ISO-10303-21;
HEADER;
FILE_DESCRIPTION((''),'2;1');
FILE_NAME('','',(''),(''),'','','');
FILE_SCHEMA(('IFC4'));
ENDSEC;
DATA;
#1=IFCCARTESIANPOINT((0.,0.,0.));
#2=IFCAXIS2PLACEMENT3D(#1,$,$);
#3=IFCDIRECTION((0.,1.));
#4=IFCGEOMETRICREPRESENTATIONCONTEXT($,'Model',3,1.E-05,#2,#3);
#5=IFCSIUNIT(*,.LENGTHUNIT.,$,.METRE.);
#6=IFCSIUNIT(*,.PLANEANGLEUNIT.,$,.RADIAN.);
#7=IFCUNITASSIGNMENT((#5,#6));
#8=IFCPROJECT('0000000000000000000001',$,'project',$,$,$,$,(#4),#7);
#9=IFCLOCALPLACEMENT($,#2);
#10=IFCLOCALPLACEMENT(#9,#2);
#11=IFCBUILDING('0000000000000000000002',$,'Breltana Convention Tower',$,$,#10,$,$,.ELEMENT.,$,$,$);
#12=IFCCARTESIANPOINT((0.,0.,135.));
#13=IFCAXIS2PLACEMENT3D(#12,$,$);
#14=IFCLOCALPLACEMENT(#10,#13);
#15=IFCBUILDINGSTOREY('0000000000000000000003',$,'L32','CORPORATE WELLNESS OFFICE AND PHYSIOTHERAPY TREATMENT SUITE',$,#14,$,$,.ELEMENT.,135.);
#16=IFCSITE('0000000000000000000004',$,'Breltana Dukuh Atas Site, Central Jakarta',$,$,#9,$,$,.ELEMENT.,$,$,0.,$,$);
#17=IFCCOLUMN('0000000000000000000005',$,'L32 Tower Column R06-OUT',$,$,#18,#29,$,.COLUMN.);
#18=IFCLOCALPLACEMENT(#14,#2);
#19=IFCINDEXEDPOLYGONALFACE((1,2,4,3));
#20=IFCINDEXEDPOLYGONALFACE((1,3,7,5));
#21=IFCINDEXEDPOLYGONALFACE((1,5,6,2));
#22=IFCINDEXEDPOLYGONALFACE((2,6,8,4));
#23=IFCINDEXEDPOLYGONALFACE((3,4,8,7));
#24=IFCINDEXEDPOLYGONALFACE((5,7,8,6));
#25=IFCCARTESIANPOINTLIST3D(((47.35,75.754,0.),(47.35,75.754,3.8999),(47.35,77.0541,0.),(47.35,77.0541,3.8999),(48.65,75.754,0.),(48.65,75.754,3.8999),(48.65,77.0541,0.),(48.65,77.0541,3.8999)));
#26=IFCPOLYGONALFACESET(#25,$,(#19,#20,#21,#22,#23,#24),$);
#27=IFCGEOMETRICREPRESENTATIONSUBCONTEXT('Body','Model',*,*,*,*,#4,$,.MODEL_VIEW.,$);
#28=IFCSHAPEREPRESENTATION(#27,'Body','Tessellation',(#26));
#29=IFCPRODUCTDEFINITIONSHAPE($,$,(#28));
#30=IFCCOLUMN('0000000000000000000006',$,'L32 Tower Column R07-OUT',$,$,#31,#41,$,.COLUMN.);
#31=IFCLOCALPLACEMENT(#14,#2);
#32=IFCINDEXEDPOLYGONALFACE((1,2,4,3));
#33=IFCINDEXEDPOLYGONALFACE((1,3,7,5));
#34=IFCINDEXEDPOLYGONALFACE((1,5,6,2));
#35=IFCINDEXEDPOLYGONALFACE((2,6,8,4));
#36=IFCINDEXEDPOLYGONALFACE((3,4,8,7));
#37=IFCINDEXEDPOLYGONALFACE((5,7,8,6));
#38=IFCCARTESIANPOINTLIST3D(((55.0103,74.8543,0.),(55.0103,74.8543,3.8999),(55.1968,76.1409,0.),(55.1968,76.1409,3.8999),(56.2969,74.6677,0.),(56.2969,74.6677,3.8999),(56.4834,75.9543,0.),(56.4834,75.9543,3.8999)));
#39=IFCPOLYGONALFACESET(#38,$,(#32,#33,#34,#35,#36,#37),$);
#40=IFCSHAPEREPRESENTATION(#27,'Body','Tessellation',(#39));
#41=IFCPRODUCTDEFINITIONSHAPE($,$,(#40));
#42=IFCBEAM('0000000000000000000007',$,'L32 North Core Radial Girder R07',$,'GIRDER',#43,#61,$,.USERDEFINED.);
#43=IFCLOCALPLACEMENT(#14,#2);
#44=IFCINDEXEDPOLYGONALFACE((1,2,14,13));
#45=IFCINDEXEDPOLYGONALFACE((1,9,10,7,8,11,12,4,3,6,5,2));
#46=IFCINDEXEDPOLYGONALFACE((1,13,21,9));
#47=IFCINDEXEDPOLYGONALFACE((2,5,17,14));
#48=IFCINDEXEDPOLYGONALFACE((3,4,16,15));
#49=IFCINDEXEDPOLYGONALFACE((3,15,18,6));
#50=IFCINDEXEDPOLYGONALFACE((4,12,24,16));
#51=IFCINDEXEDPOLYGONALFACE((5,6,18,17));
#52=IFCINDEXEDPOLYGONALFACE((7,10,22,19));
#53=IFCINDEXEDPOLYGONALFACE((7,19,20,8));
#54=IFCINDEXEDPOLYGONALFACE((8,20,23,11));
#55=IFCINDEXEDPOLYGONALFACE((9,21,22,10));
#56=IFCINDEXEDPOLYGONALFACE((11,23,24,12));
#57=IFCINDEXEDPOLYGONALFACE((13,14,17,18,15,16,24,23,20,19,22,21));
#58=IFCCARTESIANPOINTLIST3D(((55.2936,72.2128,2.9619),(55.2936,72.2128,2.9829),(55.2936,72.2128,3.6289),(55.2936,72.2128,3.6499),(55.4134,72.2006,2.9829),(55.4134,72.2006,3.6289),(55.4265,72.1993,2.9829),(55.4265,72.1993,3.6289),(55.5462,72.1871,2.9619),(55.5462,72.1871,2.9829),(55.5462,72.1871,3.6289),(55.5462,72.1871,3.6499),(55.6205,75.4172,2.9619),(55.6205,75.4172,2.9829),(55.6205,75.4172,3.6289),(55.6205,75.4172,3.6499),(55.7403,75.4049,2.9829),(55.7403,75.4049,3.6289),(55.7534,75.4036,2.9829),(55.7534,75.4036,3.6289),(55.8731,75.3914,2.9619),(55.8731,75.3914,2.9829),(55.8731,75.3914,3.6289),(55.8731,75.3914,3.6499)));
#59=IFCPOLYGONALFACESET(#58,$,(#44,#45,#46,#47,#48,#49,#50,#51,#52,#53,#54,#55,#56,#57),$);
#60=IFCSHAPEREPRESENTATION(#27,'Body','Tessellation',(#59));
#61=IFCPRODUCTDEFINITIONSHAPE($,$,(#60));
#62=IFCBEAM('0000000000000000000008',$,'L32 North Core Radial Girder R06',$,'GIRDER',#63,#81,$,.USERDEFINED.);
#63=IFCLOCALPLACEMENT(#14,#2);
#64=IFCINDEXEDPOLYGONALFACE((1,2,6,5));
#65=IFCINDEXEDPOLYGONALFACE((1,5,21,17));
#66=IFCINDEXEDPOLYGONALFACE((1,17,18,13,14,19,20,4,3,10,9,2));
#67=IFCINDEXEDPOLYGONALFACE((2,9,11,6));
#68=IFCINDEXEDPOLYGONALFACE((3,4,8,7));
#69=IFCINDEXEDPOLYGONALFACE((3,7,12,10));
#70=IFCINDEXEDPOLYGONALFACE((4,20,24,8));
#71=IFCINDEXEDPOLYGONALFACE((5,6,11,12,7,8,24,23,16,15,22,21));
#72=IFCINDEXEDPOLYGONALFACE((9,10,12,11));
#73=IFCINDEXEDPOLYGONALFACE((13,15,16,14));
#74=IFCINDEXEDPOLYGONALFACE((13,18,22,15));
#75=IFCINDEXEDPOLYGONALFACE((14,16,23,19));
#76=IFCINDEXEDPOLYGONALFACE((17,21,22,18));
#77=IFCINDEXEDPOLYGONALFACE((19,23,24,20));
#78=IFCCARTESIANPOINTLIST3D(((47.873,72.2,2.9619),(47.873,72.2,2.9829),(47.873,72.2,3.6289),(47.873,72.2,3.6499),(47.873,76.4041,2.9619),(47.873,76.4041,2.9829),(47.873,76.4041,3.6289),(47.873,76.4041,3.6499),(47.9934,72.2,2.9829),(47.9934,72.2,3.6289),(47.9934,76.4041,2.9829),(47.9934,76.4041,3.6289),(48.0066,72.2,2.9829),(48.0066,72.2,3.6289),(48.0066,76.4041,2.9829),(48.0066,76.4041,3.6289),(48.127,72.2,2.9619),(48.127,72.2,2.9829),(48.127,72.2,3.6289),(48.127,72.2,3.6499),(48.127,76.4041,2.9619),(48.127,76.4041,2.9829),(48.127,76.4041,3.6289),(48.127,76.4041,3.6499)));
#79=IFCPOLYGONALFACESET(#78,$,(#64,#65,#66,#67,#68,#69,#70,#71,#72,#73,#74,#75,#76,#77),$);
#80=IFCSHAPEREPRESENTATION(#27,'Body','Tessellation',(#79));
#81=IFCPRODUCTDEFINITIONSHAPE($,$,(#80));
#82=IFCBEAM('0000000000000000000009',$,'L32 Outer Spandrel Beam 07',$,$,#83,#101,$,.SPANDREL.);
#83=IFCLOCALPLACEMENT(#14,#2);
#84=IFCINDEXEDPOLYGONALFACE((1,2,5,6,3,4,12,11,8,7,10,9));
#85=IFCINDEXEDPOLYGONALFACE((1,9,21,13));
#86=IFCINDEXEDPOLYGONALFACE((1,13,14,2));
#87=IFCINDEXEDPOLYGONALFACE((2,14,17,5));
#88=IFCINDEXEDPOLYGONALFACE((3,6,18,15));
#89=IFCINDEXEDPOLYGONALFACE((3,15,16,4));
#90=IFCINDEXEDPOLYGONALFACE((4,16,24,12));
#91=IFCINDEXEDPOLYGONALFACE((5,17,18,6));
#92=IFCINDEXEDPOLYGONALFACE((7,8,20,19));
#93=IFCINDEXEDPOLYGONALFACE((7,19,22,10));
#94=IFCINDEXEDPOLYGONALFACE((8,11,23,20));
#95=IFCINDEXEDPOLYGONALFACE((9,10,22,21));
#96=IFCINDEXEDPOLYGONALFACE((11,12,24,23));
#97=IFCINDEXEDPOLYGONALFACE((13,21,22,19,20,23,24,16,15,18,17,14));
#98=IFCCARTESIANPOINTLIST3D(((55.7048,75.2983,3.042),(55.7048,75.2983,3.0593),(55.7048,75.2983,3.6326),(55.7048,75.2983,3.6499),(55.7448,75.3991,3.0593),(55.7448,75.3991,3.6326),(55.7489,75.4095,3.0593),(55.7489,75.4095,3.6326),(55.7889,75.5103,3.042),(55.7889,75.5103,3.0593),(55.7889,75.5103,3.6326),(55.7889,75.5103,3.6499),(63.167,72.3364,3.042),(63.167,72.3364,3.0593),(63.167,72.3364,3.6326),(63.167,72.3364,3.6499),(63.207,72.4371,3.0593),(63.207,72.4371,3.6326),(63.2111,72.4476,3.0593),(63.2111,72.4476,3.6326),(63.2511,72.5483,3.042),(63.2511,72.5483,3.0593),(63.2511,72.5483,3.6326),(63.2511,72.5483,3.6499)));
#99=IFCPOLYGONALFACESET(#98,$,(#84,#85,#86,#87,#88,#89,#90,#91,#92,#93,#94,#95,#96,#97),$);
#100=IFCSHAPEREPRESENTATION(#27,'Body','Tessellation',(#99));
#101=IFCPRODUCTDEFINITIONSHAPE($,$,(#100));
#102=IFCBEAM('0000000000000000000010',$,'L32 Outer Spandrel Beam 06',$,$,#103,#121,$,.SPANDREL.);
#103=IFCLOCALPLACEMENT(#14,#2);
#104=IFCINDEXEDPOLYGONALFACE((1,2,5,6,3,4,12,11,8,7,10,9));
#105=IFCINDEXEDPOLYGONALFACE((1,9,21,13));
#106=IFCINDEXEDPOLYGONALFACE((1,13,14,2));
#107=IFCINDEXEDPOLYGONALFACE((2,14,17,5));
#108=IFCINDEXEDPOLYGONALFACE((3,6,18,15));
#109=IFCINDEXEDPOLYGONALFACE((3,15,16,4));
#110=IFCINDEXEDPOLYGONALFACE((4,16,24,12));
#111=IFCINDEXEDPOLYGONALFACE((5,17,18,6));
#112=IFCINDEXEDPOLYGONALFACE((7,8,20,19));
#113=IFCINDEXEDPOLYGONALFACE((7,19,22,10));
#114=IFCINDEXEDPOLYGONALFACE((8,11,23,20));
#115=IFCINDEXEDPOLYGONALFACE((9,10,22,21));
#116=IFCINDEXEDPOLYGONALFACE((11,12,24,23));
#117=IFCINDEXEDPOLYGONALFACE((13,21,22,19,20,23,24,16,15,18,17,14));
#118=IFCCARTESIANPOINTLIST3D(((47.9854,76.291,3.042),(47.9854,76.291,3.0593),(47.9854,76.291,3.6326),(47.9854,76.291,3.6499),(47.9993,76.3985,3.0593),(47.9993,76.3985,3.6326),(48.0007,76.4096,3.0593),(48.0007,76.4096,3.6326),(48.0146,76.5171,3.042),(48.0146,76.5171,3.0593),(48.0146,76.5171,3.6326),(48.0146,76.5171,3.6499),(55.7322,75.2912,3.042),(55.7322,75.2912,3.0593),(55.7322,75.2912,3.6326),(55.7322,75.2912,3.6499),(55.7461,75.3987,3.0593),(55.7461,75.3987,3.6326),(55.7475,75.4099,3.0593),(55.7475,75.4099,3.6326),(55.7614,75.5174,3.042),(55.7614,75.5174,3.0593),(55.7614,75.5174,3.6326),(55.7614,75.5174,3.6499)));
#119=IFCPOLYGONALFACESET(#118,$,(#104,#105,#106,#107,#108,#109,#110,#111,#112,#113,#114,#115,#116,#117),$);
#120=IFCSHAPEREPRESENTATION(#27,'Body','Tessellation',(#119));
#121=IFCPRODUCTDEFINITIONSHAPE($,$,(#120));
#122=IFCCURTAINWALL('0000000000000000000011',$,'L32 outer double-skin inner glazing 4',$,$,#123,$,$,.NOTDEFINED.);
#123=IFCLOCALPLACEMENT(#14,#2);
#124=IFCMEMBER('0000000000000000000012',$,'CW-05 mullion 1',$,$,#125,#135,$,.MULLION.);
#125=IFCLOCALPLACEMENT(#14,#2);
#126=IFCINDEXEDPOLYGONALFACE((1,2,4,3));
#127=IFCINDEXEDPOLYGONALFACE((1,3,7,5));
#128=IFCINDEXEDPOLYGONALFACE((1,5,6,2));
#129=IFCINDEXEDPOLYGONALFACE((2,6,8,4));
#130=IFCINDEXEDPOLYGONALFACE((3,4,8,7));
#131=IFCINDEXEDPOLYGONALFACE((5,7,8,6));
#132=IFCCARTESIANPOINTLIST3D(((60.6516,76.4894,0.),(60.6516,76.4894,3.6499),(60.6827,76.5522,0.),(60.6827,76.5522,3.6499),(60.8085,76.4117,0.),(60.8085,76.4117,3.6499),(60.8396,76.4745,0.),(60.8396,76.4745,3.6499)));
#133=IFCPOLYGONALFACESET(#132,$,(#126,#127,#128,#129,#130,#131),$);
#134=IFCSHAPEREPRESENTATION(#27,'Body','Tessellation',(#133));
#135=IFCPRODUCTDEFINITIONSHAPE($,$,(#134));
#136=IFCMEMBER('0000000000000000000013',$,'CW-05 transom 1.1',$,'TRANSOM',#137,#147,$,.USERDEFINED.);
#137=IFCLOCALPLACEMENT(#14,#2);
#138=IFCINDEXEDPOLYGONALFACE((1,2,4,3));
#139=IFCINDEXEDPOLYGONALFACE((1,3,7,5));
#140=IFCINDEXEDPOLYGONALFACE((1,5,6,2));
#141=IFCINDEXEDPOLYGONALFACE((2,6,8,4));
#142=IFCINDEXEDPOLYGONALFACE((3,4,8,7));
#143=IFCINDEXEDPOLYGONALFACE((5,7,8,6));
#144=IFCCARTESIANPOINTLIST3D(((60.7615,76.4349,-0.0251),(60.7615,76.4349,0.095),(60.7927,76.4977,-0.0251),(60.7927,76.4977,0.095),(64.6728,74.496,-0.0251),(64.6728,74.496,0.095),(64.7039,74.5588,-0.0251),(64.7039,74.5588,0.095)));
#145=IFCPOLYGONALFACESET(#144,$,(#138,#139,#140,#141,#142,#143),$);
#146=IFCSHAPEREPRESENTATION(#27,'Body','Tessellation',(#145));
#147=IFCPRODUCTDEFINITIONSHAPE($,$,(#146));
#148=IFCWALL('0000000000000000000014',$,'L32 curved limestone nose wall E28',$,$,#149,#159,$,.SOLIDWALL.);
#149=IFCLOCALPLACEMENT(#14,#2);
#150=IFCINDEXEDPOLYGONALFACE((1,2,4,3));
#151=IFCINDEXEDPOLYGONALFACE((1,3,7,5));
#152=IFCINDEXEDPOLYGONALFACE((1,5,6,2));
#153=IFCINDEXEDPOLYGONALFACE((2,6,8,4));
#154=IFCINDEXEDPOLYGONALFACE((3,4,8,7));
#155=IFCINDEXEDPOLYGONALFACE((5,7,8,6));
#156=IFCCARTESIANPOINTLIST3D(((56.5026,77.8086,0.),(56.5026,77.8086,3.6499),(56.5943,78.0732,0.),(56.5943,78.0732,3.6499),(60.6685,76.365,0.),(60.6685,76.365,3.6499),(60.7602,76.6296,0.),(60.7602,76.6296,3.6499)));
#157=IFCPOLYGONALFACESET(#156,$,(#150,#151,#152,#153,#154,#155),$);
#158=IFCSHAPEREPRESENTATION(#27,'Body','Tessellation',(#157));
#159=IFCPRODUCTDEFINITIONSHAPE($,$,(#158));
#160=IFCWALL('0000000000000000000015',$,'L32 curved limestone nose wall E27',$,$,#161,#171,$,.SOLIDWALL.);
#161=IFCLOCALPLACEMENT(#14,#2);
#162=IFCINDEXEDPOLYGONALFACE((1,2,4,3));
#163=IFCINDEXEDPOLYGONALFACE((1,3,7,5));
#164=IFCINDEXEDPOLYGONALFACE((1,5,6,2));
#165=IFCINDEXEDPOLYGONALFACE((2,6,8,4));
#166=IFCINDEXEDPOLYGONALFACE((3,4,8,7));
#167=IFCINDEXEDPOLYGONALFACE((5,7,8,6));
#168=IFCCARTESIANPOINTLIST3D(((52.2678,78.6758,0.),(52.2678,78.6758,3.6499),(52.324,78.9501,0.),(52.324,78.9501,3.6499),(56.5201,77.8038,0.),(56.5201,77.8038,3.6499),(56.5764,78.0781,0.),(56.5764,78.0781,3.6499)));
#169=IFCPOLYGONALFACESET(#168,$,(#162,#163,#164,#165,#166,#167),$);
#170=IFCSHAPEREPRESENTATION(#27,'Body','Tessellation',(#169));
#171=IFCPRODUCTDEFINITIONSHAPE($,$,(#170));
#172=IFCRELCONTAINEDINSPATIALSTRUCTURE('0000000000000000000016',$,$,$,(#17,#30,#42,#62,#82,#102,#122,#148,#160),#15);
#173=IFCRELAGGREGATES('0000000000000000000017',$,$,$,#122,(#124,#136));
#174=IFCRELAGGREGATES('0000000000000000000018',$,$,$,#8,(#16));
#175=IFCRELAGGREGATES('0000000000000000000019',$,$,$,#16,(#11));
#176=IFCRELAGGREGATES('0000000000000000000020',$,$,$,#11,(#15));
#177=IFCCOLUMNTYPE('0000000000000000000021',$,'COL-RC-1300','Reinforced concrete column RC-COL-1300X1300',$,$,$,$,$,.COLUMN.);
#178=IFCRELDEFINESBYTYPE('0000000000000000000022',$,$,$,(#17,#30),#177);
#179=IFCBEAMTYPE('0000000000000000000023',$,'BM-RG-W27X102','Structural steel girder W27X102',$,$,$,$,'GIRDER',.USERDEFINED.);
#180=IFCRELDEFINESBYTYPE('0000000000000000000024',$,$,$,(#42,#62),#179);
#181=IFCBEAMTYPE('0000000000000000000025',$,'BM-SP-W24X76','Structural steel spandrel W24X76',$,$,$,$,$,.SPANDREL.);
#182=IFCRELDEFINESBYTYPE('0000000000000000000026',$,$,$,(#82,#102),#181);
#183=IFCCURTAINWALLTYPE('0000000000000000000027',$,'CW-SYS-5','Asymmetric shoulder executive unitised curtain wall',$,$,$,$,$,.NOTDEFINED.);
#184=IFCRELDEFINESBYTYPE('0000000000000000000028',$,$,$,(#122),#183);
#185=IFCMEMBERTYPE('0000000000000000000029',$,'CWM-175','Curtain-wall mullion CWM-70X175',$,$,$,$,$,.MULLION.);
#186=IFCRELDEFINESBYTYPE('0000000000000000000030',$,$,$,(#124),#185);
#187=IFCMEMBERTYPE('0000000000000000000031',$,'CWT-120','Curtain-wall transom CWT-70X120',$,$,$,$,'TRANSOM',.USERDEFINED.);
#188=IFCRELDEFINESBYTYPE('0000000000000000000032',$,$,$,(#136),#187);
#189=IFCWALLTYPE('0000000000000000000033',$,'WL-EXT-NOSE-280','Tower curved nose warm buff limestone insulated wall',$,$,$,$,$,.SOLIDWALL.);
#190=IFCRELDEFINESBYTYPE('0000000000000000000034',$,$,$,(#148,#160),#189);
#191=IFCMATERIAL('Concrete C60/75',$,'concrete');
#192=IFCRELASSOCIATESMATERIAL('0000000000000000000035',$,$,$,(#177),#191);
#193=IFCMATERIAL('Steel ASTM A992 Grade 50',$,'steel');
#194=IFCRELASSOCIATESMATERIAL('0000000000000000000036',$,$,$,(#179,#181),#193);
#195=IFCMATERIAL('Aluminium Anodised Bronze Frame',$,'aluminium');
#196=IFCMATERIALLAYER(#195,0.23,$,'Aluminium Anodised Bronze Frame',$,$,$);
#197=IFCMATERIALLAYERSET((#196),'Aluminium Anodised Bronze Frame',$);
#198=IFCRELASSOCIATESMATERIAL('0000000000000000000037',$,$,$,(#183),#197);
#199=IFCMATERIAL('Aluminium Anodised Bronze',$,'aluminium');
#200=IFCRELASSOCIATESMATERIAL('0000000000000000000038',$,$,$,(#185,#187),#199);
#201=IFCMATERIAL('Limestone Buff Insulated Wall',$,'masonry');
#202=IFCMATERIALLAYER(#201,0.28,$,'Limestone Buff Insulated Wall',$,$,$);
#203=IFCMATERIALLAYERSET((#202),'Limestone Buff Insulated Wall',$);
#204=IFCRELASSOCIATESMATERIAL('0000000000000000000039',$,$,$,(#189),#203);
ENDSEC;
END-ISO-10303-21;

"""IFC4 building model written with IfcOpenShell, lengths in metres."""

from ifc_helpers import new_model, si_unit, direction, frame, frame_2d, origin, origin_2d, place, context, subcontext, project, spatial, rectangle, i_section, extrude, source, transform, mapped, material, layer, layer_set, material_profile, profile_set, type_object, element, aggregate, save


model = new_model("IFC4")

# Units and contexts
model_context = context("Model", 3, precision=1e-05, world=origin(), true_north=direction((0.0, 1.0)))
body_context = subcontext(model_context, "Body", "Model", "MODEL_VIEW")
ifc_project = project(units=[si_unit("LENGTHUNIT", "METRE"), si_unit("PLANEANGLEUNIT", "RADIAN")], contexts=[model_context])

# Site, building, storey
site_placement = place(None, origin())
site = spatial("IfcSite", under=ifc_project, at=site_placement, Name="Breltana Dukuh Atas Site, Central Jakarta", CompositionType="ELEMENT", RefElevation=0.0)
building_placement = place(site_placement, origin())
building = spatial("IfcBuilding", under=site, at=building_placement, Name="Breltana Convention Tower", CompositionType="ELEMENT")
storey_placement = place(building_placement, frame((0.0, 0.0, 135.0)))
storey = spatial("IfcBuildingStorey", under=building, at=storey_placement, Name="L32", Description="CORPORATE WELLNESS OFFICE AND PHYSIOTHERAPY TREATMENT SUITE", CompositionType="ELEMENT", Elevation=135.0)

# Columns
ifc_material_1 = material(Name="Concrete C60/75", Category="concrete")
ifc_material_profile_1 = material_profile(ifc_material_1, rectangle(XDim=1.3, YDim=1.3, at=origin_2d()), Name="RC-COL-1300X1300")
ifc_profile_set_1 = profile_set([ifc_material_profile_1], Name="Concrete C60/75")
column_type = type_object("IfcColumnType", Name="COL-RC-1300", Description="Reinforced concrete column RC-COL-1300X1300", PredefinedType="COLUMN", material=ifc_profile_set_1)
shared_shape_1 = source(origin(), body_context, "Body", "SweptSolid", [
    extrude(rectangle(XDim=1.3, YDim=1.3, at=origin_2d()), origin(), (0.0, 0.0, 1.0), 3.8999),
])
for number, where, z_axis, x_axis, name in (
    (1, (48.0, 76.4041, 0.0), (0.0, 0.0, 1.0), (0.0, 1.0, 0.0), "L32 Tower Column R06-OUT"),
    (2, (55.7468, 75.4043, 0.0), (0.0, 0.0, 1.0), (0.143493, 0.989651, 0.0), "L32 Tower Column R07-OUT"),
):
    element("IfcColumn", number, at=place(storey_placement, frame(where, z_axis=z_axis, x_axis=x_axis)), inside=storey, type_object=column_type, Name=name, PredefinedType="COLUMN", context=body_context, shape_type="MappedRepresentation", body=[
        mapped(shared_shape_1, transform((0.0, 0.0, 0.0), scale=1.0)),
    ])

# Beams
ifc_material_2 = material(Name="Steel ASTM A992 Grade 50", Category="steel")
ifc_material_profile_2 = material_profile(ifc_material_2, i_section(OverallWidth=0.2539, OverallDepth=0.688, WebThickness=0.0132, FlangeThickness=0.021, at=origin_2d()), Name="W27X102")
ifc_profile_set_2 = profile_set([ifc_material_profile_2], Name="Steel ASTM A992 Grade 50")
beam_type_1 = type_object("IfcBeamType", Name="BM-RG-W27X102", Description="Structural steel girder W27X102", ElementType="GIRDER", PredefinedType="USERDEFINED", material=ifc_profile_set_2)
shared_shape_2 = source(origin(), body_context, "Body", "SweptSolid", [
    extrude(i_section(OverallWidth=0.2539, OverallDepth=0.688, WebThickness=0.0132, FlangeThickness=0.021, at=origin_2d()), origin(), (0.0, 0.0, 1.0), 3.2209),
])
beam_1_placement = place(storey_placement, frame((55.4199, 72.2, 3.3059), z_axis=(0.101492, 0.994836, 0.0), x_axis=(-0.994836, 0.101492, 0.0)))
element("IfcBeam", 3, at=beam_1_placement, inside=storey, type_object=beam_type_1, Name="L32 North Core Radial Girder R07", ObjectType="GIRDER", PredefinedType="USERDEFINED", context=body_context, shape_type="MappedRepresentation", body=[
    mapped(shared_shape_2, transform((0.0, 0.0, 0.0), scale=1.0)),
])
shared_shape_3 = source(origin(), body_context, "Body", "SweptSolid", [
    extrude(i_section(OverallWidth=0.2539, OverallDepth=0.688, WebThickness=0.0132, FlangeThickness=0.021, at=origin_2d()), origin(), (0.0, 0.0, 1.0), 4.2041),
])
beam_2_placement = place(storey_placement, frame((48.0, 72.2, 3.3059), z_axis=(0.0, 1.0, 0.0), x_axis=(-1.0, 0.0, 0.0)))
element("IfcBeam", 4, at=beam_2_placement, inside=storey, type_object=beam_type_1, Name="L32 North Core Radial Girder R06", ObjectType="GIRDER", PredefinedType="USERDEFINED", context=body_context, shape_type="MappedRepresentation", body=[
    mapped(shared_shape_3, transform((0.0, 0.0, 0.0), scale=1.0)),
])
ifc_material_profile_3 = material_profile(ifc_material_2, i_section(OverallWidth=0.228, OverallDepth=0.6079, WebThickness=0.0112, FlangeThickness=0.0173, at=origin_2d()), Name="W24X76")
ifc_profile_set_3 = profile_set([ifc_material_profile_3], Name="Steel ASTM A992 Grade 50")
beam_type_2 = type_object("IfcBeamType", Name="BM-SP-W24X76", Description="Structural steel spandrel W24X76", PredefinedType="SPANDREL", material=ifc_profile_set_3)
shared_shape_4 = source(origin(), body_context, "Body", "SweptSolid", [
    extrude(i_section(OverallWidth=0.228, OverallDepth=0.6079, WebThickness=0.0112, FlangeThickness=0.0173, at=origin_2d()), origin(), (0.0, 0.0, 1.0), 8.0286),
])
beam_3_placement = place(storey_placement, frame((55.7468, 75.4043, 3.3459), z_axis=(0.929459, -0.368925, 0.0), x_axis=(0.368925, 0.929459, 0.0)))
element("IfcBeam", 5, at=beam_3_placement, inside=storey, type_object=beam_type_2, Name="L32 Outer Spandrel Beam 07", PredefinedType="SPANDREL", context=body_context, shape_type="MappedRepresentation", body=[
    mapped(shared_shape_4, transform((0.0, 0.0, 0.0), scale=1.0)),
])
shared_shape_5 = source(origin(), body_context, "Body", "SweptSolid", [
    extrude(i_section(OverallWidth=0.228, OverallDepth=0.6079, WebThickness=0.0112, FlangeThickness=0.0173, at=origin_2d()), origin(), (0.0, 0.0, 1.0), 7.811),
])
beam_4_placement = place(storey_placement, frame((48.0, 76.4041, 3.3459), z_axis=(0.991775, -0.127992, 0.0), x_axis=(0.127992, 0.991775, 0.0)))
element("IfcBeam", 6, at=beam_4_placement, inside=storey, type_object=beam_type_2, Name="L32 Outer Spandrel Beam 06", PredefinedType="SPANDREL", context=body_context, shape_type="MappedRepresentation", body=[
    mapped(shared_shape_5, transform((0.0, 0.0, 0.0), scale=1.0)),
])

# Curtain wall, members
ifc_material_3 = material(Name="Aluminium Anodised Bronze Frame", Category="aluminium")
ifc_layer_1 = layer(ifc_material_3, 0.23, Name="Aluminium Anodised Bronze Frame")
ifc_layer_set_1 = layer_set([ifc_layer_1], Name="Aluminium Anodised Bronze Frame")
curtain_wall_type = type_object("IfcCurtainWallType", Name="CW-SYS-5", Description="Asymmetric shoulder executive unitised curtain wall", PredefinedType="NOTDEFINED", material=ifc_layer_set_1)
curtain_wall_placement = place(storey_placement, origin())
curtain_wall = element("IfcCurtainWall", 7, at=curtain_wall_placement, inside=storey, type_object=curtain_wall_type, Name="L32 outer double-skin inner glazing 4", PredefinedType="NOTDEFINED")
ifc_material_4 = material(Name="Aluminium Anodised Bronze", Category="aluminium")
ifc_material_profile_4 = material_profile(ifc_material_4, rectangle(XDim=0.0701, YDim=0.175, at=origin_2d()), Name="CWM-70X175")
ifc_profile_set_4 = profile_set([ifc_material_profile_4], Name="Aluminium Anodised Bronze")
member_type_1 = type_object("IfcMemberType", Name="CWM-175", Description="Curtain-wall mullion CWM-70X175", PredefinedType="MULLION", material=ifc_profile_set_4)
shared_shape_6 = source(origin(), body_context, "Body", "SweptSolid", [
    extrude(rectangle(XDim=0.0701, YDim=0.175, at=origin_2d()), origin(), (0.0, 0.0, 1.0), 3.6499),
])
member_1_placement = place(storey_placement, frame((60.7456, 76.4819, 0.0), z_axis=(0.0, 0.0, 1.0), x_axis=(0.444122, 0.895967, 0.0)))
member_1 = element("IfcMember", 8, at=member_1_placement, type_object=member_type_1, Name="CW-05 mullion 1", PredefinedType="MULLION", context=body_context, shape_type="MappedRepresentation", body=[
    mapped(shared_shape_6, transform((0.0, 0.0, 0.0), scale=1.0)),
])
ifc_material_profile_5 = material_profile(ifc_material_4, rectangle(XDim=0.0701, YDim=0.1201, at=origin_2d()), Name="CWT-70X120")
ifc_profile_set_5 = profile_set([ifc_material_profile_5], Name="Aluminium Anodised Bronze")
member_type_2 = type_object("IfcMemberType", Name="CWT-120", Description="Curtain-wall transom CWT-70X120", ElementType="TRANSOM", PredefinedType="USERDEFINED", material=ifc_profile_set_5)
shared_shape_7 = source(origin(), body_context, "Body", "SweptSolid", [
    extrude(rectangle(XDim=0.0701, YDim=0.1201, at=origin_2d()), origin(), (0.0, 0.0, 1.0), 4.3655),
])
member_2_placement = place(storey_placement, frame((60.7771, 76.4663, 0.0349), z_axis=(0.895954, -0.444146, 0.0), x_axis=(0.444146, 0.895954, 0.0)))
member_2 = element("IfcMember", 9, at=member_2_placement, type_object=member_type_2, Name="CW-05 transom 1.1", ObjectType="TRANSOM", PredefinedType="USERDEFINED", context=body_context, shape_type="MappedRepresentation", body=[
    mapped(shared_shape_7, transform((0.0, 0.0, 0.0), scale=1.0)),
])
aggregate(curtain_wall, [member_1, member_2])

# Walls
ifc_material_5 = material(Name="Limestone Buff Insulated Wall", Category="masonry")
ifc_layer_2 = layer(ifc_material_5, 0.28, Name="Limestone Buff Insulated Wall")
ifc_layer_set_2 = layer_set([ifc_layer_2], Name="Limestone Buff Insulated Wall")
wall_type_1 = type_object("IfcWallType", Name="WL-EXT-NOSE-280", Description="Tower curved nose warm buff limestone insulated wall", PredefinedType="SOLIDWALL", material=ifc_layer_set_2)
shared_shape_8 = source(origin(), body_context, "Body", "SweptSolid", [
    extrude(rectangle(XDim=4.4089, YDim=0.28, at=frame_2d((2.2046, 0.0))), origin(), (0.0, 0.0, 1.0), 3.6499),
])
wall_1_placement = place(storey_placement, frame((56.5483, 77.9409, 0.0), z_axis=(0.0, 0.0, 1.0), x_axis=(0.944879, -0.327419, 0.0)))
element("IfcWall", 10, at=wall_1_placement, inside=storey, type_object=wall_type_1, Name="L32 curved limestone nose wall E28", PredefinedType="SOLIDWALL", context=body_context, shape_type="MappedRepresentation", body=[
    mapped(shared_shape_8, transform((0.0, 0.0, 0.0), scale=1.0)),
])
shared_shape_9 = source(origin(), body_context, "Body", "SweptSolid", [
    extrude(rectangle(XDim=4.3408, YDim=0.28, at=frame_2d((2.1704, 0.0))), origin(), (0.0, 0.0, 1.0), 3.6499),
])
wall_2_placement = place(storey_placement, frame((52.2959, 78.813, 0.0), z_axis=(0.0, 0.0, 1.0), x_axis=(0.979613, -0.200894, 0.0)))
element("IfcWall", 11, at=wall_2_placement, inside=storey, type_object=wall_type_1, Name="L32 curved limestone nose wall E27", PredefinedType="SOLIDWALL", context=body_context, shape_type="MappedRepresentation", body=[
    mapped(shared_shape_9, transform((0.0, 0.0, 0.0), scale=1.0)),
])

save(model, "model.ifc")
